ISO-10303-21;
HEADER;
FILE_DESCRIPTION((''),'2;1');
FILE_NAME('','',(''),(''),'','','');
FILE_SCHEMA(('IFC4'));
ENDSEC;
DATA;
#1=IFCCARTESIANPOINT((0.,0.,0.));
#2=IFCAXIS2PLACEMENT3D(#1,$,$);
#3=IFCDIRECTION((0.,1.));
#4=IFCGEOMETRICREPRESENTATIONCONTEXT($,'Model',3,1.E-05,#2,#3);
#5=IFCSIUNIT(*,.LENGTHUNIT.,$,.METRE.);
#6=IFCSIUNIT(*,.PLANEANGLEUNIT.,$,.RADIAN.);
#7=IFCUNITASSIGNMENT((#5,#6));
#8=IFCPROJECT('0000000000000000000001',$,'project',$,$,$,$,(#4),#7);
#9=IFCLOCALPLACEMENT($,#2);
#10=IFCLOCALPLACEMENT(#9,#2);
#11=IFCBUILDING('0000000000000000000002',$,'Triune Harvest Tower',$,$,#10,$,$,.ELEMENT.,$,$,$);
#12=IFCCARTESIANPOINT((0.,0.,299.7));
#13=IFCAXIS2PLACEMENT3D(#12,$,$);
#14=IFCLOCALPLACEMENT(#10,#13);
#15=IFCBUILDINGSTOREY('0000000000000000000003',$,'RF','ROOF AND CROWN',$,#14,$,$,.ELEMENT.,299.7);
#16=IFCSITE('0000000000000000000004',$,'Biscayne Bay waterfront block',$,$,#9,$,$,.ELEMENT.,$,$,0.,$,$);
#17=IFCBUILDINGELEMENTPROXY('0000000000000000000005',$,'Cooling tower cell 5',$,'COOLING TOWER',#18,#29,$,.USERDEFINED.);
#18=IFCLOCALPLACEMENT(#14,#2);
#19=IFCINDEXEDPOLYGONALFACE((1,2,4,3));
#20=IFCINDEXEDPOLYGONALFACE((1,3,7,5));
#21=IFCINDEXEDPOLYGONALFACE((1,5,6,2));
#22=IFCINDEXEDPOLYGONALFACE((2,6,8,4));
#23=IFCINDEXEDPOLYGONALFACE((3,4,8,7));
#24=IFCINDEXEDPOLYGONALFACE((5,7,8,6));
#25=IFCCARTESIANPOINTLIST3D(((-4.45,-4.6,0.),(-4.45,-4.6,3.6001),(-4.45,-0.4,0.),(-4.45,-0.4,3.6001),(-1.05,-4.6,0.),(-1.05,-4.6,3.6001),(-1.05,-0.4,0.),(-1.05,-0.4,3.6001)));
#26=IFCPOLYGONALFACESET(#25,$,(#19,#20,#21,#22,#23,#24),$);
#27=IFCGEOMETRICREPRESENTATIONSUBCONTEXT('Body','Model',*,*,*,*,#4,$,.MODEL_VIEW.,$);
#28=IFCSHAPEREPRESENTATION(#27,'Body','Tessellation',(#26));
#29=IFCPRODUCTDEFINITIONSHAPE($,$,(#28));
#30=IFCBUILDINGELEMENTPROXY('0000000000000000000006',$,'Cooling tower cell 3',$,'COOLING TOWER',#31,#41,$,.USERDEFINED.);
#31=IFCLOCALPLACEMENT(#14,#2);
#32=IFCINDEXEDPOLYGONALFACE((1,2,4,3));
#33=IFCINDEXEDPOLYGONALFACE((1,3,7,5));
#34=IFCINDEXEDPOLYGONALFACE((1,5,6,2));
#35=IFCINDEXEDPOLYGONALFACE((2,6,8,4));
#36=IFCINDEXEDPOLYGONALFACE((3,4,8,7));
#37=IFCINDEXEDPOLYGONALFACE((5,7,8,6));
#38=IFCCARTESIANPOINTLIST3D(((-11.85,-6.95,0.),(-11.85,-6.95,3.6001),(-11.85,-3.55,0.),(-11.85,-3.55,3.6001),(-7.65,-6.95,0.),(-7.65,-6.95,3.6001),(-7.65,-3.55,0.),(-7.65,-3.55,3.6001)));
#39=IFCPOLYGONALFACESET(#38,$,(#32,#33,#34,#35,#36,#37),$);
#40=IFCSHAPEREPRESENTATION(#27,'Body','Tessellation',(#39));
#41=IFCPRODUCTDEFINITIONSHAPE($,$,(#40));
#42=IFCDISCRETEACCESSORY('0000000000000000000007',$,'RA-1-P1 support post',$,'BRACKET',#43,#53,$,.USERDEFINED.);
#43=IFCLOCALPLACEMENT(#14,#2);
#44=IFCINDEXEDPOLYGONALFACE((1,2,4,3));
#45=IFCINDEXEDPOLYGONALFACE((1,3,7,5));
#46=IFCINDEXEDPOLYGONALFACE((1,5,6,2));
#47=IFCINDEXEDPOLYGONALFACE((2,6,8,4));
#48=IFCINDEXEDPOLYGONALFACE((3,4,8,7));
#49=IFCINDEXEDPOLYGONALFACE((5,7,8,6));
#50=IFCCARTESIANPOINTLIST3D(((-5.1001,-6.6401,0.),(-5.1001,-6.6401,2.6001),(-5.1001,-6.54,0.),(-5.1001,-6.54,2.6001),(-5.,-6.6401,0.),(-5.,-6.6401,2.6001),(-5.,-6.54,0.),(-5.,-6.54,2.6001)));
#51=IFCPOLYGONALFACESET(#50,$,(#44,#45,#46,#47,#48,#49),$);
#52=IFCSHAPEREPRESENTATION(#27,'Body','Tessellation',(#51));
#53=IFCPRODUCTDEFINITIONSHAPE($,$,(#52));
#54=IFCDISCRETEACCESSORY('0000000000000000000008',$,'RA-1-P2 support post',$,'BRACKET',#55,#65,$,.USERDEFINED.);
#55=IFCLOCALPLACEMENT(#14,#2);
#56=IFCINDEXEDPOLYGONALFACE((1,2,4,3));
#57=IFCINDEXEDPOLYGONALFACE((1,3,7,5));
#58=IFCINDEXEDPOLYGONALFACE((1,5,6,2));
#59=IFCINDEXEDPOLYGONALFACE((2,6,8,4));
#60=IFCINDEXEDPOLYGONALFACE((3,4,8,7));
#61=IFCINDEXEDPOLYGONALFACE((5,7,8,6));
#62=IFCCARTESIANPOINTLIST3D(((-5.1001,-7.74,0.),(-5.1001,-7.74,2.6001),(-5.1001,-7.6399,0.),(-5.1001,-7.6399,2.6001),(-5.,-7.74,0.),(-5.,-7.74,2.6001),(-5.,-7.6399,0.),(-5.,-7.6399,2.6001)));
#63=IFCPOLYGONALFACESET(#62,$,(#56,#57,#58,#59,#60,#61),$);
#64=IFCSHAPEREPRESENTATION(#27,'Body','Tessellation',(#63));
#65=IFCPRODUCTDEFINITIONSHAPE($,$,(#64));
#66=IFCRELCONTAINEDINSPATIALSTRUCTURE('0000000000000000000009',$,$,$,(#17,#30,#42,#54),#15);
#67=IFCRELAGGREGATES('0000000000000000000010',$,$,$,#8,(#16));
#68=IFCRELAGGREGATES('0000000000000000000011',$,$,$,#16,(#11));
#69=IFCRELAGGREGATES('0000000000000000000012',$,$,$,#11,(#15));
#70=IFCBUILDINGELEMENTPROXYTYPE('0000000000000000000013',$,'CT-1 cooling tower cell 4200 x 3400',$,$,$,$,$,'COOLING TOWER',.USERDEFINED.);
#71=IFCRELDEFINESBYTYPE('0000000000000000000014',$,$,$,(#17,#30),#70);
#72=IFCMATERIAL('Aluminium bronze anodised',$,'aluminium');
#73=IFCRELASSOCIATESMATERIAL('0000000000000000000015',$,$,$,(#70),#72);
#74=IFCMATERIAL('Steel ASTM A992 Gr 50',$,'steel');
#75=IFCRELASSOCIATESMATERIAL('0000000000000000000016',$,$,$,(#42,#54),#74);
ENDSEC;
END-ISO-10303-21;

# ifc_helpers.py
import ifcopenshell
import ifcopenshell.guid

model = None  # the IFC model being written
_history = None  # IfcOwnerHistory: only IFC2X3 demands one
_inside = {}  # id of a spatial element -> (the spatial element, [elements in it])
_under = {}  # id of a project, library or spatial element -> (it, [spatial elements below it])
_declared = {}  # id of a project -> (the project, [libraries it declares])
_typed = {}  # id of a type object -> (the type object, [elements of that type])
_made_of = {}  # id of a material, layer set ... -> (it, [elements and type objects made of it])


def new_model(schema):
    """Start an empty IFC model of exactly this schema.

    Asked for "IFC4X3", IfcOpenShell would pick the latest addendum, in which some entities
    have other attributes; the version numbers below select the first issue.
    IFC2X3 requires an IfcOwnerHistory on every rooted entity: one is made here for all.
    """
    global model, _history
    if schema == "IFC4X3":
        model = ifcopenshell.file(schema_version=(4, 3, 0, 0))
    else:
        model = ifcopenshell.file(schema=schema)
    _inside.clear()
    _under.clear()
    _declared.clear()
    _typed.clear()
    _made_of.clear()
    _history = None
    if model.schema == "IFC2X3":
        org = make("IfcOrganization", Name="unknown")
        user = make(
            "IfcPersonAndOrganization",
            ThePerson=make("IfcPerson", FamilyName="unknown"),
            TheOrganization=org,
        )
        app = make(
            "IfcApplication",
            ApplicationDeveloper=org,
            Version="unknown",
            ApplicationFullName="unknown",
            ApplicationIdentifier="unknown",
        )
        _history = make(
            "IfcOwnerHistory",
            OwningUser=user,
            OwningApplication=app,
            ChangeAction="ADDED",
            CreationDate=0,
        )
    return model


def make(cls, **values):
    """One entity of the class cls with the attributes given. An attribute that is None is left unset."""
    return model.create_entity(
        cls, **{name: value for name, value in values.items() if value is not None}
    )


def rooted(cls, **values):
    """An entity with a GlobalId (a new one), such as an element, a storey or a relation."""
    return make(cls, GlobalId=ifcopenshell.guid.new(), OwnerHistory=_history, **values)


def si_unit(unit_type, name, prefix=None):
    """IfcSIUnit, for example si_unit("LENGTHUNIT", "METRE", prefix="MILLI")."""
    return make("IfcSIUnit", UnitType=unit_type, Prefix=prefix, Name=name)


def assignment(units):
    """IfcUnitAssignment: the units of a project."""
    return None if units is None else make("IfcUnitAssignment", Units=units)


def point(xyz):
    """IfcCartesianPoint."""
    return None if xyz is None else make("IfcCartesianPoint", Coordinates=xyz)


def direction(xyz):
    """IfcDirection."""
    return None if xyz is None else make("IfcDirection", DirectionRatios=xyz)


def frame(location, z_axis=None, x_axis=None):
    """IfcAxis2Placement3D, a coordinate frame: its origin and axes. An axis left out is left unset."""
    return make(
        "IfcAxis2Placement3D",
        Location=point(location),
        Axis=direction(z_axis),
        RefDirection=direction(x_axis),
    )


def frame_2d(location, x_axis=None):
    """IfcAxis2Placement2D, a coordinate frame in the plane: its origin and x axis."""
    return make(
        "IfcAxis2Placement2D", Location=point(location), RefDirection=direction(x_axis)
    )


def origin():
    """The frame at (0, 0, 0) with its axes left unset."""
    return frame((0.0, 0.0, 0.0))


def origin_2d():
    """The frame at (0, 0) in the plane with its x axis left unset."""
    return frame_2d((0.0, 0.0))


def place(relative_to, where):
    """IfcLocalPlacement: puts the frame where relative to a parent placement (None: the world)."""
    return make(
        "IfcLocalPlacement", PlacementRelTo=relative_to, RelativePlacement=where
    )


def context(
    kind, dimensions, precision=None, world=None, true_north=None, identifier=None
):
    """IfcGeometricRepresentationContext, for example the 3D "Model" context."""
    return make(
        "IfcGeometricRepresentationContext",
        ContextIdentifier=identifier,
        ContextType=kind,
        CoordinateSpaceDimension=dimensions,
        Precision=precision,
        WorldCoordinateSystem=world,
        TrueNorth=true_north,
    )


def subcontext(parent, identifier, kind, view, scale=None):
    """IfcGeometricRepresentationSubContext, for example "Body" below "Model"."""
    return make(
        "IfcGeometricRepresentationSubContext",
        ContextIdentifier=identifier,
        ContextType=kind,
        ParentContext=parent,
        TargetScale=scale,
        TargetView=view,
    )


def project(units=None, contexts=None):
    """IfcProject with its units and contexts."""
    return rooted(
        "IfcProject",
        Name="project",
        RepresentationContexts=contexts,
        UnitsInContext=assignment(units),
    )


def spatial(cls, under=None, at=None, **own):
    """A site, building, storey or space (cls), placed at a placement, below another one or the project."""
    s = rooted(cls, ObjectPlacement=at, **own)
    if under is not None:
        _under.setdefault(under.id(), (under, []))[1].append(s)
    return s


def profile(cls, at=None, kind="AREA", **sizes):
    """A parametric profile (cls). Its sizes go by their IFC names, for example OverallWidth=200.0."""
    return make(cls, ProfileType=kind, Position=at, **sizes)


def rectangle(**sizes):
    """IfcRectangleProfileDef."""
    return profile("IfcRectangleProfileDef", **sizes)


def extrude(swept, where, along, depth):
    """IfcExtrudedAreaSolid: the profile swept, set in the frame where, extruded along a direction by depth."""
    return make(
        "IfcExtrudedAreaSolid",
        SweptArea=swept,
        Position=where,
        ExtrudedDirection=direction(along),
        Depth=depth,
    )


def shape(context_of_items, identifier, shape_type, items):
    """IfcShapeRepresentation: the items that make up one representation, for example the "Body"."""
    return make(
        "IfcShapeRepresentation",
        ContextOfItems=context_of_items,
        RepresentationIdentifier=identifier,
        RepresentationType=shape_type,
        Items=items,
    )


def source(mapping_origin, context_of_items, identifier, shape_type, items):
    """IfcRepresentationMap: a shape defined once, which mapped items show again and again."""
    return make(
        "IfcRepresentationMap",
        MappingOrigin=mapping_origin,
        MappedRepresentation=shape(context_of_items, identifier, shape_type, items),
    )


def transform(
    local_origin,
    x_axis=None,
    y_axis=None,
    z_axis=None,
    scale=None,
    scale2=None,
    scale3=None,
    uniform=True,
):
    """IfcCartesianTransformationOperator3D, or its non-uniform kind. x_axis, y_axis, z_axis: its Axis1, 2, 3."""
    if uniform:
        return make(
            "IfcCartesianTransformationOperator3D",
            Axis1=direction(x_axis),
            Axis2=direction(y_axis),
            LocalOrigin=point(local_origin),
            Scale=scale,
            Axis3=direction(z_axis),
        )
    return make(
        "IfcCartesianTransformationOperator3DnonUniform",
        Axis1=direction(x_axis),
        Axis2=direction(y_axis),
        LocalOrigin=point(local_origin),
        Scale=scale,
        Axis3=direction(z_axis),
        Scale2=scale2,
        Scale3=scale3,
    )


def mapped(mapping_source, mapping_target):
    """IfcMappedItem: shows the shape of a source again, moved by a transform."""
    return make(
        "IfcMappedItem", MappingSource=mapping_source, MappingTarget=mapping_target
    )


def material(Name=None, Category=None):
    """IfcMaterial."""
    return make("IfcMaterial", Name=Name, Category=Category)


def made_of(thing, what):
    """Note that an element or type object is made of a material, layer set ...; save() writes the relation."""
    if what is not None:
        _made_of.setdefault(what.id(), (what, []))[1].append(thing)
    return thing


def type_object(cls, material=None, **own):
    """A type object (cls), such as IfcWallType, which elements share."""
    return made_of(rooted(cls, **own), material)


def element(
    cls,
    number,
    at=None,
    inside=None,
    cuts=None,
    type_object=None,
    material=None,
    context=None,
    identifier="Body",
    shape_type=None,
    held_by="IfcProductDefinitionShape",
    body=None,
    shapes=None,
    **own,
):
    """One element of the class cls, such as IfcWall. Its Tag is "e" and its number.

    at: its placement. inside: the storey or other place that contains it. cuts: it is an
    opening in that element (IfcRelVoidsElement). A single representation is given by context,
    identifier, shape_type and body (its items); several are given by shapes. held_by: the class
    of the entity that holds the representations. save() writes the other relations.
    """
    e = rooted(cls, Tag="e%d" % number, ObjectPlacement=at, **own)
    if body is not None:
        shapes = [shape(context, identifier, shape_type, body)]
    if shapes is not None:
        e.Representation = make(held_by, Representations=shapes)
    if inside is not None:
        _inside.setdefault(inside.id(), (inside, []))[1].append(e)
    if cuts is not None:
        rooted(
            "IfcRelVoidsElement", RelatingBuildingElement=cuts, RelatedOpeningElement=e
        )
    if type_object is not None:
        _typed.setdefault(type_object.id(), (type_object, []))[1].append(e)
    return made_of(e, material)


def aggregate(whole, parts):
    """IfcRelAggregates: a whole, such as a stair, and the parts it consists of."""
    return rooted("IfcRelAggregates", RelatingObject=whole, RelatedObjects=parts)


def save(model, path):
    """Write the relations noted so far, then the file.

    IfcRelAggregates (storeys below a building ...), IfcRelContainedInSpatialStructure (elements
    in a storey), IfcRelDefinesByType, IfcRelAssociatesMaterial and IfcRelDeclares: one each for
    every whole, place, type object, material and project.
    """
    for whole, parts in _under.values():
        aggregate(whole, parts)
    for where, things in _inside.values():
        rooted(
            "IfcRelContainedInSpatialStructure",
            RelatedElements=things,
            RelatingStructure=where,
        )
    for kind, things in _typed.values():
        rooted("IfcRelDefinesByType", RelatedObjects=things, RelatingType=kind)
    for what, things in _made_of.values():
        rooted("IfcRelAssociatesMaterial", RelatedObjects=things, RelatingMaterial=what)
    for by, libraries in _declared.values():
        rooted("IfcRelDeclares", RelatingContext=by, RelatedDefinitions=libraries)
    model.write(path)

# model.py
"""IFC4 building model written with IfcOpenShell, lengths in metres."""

from ifc_helpers import new_model, si_unit, direction, frame, origin, origin_2d, place, context, subcontext, project, spatial, rectangle, extrude, source, transform, mapped, material, type_object, element, save


model = new_model("IFC4")

# Units and contexts
model_context = context("Model", 3, precision=1e-05, world=origin(), true_north=direction((0.0, 1.0)))
body_context = subcontext(model_context, "Body", "Model", "MODEL_VIEW")
ifc_project = project(units=[si_unit("LENGTHUNIT", "METRE"), si_unit("PLANEANGLEUNIT", "RADIAN")], contexts=[model_context])

# Site, building, storey
site_placement = place(None, origin())
site = spatial("IfcSite", under=ifc_project, at=site_placement, Name="Biscayne Bay waterfront block", CompositionType="ELEMENT", RefElevation=0.0)
building_placement = place(site_placement, origin())
building = spatial("IfcBuilding", under=site, at=building_placement, Name="Triune Harvest Tower", CompositionType="ELEMENT")
storey_placement = place(building_placement, frame((0.0, 0.0, 299.7)))
storey = spatial("IfcBuildingStorey", under=building, at=storey_placement, Name="RF", Description="ROOF AND CROWN", CompositionType="ELEMENT", Elevation=299.7)

# Building element proxies
ifc_material_1 = material(Name="Aluminium bronze anodised", Category="aluminium")
building_element_proxy_type = type_object("IfcBuildingElementProxyType", Name="CT-1 cooling tower cell 4200 x 3400", ElementType="COOLING TOWER", PredefinedType="USERDEFINED", material=ifc_material_1)
shared_shape_1 = source(origin(), body_context, "Body", "SweptSolid", [
    extrude(rectangle(XDim=3.3999, YDim=4.2, at=origin_2d()), origin(), (0.0, 0.0, 1.0), 3.6001),
])
for number, where, z_axis, x_axis, name in (
    (1, (-2.75, -2.5, 0.0), (0.0, 0.0, 1.0), (1.0, 0.0, 0.0), "Cooling tower cell 5"),
):
    element("IfcBuildingElementProxy", number, at=place(storey_placement, frame(where, z_axis=z_axis, x_axis=x_axis)), inside=storey, type_object=building_element_proxy_type, Name=name, ObjectType="COOLING TOWER", PredefinedType="USERDEFINED", context=body_context, shape_type="MappedRepresentation", body=[
        mapped(shared_shape_1, transform((0.0, 0.0, 0.0), scale=1.0)),
    ])
shared_shape_2 = source(origin(), body_context, "Body", "SweptSolid", [
    extrude(rectangle(XDim=4.2, YDim=3.3999, at=origin_2d()), origin(), (0.0, 0.0, 1.0), 3.6001),
])
proxy_placement = place(storey_placement, frame((-9.75, -5.25, 0.0), z_axis=(0.0, 0.0, 1.0), x_axis=(1.0, 0.0, 0.0)))
element("IfcBuildingElementProxy", 2, at=proxy_placement, inside=storey, type_object=building_element_proxy_type, Name="Cooling tower cell 3", ObjectType="COOLING TOWER", PredefinedType="USERDEFINED", context=body_context, shape_type="MappedRepresentation", body=[
    mapped(shared_shape_2, transform((0.0, 0.0, 0.0), scale=1.0)),
])

# Discrete accessories
ifc_material_2 = material(Name="Steel ASTM A992 Gr 50", Category="steel")
shared_shape_3 = source(origin(), body_context, "Body", "SweptSolid", [
    extrude(rectangle(XDim=0.1001, YDim=0.1001, at=origin_2d()), origin(), (0.0, 0.0, 1.0), 2.6001),
])
for number, where, z_axis, x_axis, name in (
    (3, (-5.05, -6.5901, 0.0), (0.0, 0.0, 1.0), (1.0, 0.0, 0.0), "RA-1-P1 support post"),
    (4, (-5.05, -7.6899, 0.0), (0.0, 0.0, 1.0), (1.0, 0.0, 0.0), "RA-1-P2 support post"),
):
    element("IfcDiscreteAccessory", number, at=place(storey_placement, frame(where, z_axis=z_axis, x_axis=x_axis)), inside=storey, material=ifc_material_2, Name=name, ObjectType="BRACKET", PredefinedType="USERDEFINED", context=body_context, shape_type="MappedRepresentation", body=[
        mapped(shared_shape_3, transform((0.0, 0.0, 0.0), scale=1.0)),
    ])

save(model, "model.ifc")
